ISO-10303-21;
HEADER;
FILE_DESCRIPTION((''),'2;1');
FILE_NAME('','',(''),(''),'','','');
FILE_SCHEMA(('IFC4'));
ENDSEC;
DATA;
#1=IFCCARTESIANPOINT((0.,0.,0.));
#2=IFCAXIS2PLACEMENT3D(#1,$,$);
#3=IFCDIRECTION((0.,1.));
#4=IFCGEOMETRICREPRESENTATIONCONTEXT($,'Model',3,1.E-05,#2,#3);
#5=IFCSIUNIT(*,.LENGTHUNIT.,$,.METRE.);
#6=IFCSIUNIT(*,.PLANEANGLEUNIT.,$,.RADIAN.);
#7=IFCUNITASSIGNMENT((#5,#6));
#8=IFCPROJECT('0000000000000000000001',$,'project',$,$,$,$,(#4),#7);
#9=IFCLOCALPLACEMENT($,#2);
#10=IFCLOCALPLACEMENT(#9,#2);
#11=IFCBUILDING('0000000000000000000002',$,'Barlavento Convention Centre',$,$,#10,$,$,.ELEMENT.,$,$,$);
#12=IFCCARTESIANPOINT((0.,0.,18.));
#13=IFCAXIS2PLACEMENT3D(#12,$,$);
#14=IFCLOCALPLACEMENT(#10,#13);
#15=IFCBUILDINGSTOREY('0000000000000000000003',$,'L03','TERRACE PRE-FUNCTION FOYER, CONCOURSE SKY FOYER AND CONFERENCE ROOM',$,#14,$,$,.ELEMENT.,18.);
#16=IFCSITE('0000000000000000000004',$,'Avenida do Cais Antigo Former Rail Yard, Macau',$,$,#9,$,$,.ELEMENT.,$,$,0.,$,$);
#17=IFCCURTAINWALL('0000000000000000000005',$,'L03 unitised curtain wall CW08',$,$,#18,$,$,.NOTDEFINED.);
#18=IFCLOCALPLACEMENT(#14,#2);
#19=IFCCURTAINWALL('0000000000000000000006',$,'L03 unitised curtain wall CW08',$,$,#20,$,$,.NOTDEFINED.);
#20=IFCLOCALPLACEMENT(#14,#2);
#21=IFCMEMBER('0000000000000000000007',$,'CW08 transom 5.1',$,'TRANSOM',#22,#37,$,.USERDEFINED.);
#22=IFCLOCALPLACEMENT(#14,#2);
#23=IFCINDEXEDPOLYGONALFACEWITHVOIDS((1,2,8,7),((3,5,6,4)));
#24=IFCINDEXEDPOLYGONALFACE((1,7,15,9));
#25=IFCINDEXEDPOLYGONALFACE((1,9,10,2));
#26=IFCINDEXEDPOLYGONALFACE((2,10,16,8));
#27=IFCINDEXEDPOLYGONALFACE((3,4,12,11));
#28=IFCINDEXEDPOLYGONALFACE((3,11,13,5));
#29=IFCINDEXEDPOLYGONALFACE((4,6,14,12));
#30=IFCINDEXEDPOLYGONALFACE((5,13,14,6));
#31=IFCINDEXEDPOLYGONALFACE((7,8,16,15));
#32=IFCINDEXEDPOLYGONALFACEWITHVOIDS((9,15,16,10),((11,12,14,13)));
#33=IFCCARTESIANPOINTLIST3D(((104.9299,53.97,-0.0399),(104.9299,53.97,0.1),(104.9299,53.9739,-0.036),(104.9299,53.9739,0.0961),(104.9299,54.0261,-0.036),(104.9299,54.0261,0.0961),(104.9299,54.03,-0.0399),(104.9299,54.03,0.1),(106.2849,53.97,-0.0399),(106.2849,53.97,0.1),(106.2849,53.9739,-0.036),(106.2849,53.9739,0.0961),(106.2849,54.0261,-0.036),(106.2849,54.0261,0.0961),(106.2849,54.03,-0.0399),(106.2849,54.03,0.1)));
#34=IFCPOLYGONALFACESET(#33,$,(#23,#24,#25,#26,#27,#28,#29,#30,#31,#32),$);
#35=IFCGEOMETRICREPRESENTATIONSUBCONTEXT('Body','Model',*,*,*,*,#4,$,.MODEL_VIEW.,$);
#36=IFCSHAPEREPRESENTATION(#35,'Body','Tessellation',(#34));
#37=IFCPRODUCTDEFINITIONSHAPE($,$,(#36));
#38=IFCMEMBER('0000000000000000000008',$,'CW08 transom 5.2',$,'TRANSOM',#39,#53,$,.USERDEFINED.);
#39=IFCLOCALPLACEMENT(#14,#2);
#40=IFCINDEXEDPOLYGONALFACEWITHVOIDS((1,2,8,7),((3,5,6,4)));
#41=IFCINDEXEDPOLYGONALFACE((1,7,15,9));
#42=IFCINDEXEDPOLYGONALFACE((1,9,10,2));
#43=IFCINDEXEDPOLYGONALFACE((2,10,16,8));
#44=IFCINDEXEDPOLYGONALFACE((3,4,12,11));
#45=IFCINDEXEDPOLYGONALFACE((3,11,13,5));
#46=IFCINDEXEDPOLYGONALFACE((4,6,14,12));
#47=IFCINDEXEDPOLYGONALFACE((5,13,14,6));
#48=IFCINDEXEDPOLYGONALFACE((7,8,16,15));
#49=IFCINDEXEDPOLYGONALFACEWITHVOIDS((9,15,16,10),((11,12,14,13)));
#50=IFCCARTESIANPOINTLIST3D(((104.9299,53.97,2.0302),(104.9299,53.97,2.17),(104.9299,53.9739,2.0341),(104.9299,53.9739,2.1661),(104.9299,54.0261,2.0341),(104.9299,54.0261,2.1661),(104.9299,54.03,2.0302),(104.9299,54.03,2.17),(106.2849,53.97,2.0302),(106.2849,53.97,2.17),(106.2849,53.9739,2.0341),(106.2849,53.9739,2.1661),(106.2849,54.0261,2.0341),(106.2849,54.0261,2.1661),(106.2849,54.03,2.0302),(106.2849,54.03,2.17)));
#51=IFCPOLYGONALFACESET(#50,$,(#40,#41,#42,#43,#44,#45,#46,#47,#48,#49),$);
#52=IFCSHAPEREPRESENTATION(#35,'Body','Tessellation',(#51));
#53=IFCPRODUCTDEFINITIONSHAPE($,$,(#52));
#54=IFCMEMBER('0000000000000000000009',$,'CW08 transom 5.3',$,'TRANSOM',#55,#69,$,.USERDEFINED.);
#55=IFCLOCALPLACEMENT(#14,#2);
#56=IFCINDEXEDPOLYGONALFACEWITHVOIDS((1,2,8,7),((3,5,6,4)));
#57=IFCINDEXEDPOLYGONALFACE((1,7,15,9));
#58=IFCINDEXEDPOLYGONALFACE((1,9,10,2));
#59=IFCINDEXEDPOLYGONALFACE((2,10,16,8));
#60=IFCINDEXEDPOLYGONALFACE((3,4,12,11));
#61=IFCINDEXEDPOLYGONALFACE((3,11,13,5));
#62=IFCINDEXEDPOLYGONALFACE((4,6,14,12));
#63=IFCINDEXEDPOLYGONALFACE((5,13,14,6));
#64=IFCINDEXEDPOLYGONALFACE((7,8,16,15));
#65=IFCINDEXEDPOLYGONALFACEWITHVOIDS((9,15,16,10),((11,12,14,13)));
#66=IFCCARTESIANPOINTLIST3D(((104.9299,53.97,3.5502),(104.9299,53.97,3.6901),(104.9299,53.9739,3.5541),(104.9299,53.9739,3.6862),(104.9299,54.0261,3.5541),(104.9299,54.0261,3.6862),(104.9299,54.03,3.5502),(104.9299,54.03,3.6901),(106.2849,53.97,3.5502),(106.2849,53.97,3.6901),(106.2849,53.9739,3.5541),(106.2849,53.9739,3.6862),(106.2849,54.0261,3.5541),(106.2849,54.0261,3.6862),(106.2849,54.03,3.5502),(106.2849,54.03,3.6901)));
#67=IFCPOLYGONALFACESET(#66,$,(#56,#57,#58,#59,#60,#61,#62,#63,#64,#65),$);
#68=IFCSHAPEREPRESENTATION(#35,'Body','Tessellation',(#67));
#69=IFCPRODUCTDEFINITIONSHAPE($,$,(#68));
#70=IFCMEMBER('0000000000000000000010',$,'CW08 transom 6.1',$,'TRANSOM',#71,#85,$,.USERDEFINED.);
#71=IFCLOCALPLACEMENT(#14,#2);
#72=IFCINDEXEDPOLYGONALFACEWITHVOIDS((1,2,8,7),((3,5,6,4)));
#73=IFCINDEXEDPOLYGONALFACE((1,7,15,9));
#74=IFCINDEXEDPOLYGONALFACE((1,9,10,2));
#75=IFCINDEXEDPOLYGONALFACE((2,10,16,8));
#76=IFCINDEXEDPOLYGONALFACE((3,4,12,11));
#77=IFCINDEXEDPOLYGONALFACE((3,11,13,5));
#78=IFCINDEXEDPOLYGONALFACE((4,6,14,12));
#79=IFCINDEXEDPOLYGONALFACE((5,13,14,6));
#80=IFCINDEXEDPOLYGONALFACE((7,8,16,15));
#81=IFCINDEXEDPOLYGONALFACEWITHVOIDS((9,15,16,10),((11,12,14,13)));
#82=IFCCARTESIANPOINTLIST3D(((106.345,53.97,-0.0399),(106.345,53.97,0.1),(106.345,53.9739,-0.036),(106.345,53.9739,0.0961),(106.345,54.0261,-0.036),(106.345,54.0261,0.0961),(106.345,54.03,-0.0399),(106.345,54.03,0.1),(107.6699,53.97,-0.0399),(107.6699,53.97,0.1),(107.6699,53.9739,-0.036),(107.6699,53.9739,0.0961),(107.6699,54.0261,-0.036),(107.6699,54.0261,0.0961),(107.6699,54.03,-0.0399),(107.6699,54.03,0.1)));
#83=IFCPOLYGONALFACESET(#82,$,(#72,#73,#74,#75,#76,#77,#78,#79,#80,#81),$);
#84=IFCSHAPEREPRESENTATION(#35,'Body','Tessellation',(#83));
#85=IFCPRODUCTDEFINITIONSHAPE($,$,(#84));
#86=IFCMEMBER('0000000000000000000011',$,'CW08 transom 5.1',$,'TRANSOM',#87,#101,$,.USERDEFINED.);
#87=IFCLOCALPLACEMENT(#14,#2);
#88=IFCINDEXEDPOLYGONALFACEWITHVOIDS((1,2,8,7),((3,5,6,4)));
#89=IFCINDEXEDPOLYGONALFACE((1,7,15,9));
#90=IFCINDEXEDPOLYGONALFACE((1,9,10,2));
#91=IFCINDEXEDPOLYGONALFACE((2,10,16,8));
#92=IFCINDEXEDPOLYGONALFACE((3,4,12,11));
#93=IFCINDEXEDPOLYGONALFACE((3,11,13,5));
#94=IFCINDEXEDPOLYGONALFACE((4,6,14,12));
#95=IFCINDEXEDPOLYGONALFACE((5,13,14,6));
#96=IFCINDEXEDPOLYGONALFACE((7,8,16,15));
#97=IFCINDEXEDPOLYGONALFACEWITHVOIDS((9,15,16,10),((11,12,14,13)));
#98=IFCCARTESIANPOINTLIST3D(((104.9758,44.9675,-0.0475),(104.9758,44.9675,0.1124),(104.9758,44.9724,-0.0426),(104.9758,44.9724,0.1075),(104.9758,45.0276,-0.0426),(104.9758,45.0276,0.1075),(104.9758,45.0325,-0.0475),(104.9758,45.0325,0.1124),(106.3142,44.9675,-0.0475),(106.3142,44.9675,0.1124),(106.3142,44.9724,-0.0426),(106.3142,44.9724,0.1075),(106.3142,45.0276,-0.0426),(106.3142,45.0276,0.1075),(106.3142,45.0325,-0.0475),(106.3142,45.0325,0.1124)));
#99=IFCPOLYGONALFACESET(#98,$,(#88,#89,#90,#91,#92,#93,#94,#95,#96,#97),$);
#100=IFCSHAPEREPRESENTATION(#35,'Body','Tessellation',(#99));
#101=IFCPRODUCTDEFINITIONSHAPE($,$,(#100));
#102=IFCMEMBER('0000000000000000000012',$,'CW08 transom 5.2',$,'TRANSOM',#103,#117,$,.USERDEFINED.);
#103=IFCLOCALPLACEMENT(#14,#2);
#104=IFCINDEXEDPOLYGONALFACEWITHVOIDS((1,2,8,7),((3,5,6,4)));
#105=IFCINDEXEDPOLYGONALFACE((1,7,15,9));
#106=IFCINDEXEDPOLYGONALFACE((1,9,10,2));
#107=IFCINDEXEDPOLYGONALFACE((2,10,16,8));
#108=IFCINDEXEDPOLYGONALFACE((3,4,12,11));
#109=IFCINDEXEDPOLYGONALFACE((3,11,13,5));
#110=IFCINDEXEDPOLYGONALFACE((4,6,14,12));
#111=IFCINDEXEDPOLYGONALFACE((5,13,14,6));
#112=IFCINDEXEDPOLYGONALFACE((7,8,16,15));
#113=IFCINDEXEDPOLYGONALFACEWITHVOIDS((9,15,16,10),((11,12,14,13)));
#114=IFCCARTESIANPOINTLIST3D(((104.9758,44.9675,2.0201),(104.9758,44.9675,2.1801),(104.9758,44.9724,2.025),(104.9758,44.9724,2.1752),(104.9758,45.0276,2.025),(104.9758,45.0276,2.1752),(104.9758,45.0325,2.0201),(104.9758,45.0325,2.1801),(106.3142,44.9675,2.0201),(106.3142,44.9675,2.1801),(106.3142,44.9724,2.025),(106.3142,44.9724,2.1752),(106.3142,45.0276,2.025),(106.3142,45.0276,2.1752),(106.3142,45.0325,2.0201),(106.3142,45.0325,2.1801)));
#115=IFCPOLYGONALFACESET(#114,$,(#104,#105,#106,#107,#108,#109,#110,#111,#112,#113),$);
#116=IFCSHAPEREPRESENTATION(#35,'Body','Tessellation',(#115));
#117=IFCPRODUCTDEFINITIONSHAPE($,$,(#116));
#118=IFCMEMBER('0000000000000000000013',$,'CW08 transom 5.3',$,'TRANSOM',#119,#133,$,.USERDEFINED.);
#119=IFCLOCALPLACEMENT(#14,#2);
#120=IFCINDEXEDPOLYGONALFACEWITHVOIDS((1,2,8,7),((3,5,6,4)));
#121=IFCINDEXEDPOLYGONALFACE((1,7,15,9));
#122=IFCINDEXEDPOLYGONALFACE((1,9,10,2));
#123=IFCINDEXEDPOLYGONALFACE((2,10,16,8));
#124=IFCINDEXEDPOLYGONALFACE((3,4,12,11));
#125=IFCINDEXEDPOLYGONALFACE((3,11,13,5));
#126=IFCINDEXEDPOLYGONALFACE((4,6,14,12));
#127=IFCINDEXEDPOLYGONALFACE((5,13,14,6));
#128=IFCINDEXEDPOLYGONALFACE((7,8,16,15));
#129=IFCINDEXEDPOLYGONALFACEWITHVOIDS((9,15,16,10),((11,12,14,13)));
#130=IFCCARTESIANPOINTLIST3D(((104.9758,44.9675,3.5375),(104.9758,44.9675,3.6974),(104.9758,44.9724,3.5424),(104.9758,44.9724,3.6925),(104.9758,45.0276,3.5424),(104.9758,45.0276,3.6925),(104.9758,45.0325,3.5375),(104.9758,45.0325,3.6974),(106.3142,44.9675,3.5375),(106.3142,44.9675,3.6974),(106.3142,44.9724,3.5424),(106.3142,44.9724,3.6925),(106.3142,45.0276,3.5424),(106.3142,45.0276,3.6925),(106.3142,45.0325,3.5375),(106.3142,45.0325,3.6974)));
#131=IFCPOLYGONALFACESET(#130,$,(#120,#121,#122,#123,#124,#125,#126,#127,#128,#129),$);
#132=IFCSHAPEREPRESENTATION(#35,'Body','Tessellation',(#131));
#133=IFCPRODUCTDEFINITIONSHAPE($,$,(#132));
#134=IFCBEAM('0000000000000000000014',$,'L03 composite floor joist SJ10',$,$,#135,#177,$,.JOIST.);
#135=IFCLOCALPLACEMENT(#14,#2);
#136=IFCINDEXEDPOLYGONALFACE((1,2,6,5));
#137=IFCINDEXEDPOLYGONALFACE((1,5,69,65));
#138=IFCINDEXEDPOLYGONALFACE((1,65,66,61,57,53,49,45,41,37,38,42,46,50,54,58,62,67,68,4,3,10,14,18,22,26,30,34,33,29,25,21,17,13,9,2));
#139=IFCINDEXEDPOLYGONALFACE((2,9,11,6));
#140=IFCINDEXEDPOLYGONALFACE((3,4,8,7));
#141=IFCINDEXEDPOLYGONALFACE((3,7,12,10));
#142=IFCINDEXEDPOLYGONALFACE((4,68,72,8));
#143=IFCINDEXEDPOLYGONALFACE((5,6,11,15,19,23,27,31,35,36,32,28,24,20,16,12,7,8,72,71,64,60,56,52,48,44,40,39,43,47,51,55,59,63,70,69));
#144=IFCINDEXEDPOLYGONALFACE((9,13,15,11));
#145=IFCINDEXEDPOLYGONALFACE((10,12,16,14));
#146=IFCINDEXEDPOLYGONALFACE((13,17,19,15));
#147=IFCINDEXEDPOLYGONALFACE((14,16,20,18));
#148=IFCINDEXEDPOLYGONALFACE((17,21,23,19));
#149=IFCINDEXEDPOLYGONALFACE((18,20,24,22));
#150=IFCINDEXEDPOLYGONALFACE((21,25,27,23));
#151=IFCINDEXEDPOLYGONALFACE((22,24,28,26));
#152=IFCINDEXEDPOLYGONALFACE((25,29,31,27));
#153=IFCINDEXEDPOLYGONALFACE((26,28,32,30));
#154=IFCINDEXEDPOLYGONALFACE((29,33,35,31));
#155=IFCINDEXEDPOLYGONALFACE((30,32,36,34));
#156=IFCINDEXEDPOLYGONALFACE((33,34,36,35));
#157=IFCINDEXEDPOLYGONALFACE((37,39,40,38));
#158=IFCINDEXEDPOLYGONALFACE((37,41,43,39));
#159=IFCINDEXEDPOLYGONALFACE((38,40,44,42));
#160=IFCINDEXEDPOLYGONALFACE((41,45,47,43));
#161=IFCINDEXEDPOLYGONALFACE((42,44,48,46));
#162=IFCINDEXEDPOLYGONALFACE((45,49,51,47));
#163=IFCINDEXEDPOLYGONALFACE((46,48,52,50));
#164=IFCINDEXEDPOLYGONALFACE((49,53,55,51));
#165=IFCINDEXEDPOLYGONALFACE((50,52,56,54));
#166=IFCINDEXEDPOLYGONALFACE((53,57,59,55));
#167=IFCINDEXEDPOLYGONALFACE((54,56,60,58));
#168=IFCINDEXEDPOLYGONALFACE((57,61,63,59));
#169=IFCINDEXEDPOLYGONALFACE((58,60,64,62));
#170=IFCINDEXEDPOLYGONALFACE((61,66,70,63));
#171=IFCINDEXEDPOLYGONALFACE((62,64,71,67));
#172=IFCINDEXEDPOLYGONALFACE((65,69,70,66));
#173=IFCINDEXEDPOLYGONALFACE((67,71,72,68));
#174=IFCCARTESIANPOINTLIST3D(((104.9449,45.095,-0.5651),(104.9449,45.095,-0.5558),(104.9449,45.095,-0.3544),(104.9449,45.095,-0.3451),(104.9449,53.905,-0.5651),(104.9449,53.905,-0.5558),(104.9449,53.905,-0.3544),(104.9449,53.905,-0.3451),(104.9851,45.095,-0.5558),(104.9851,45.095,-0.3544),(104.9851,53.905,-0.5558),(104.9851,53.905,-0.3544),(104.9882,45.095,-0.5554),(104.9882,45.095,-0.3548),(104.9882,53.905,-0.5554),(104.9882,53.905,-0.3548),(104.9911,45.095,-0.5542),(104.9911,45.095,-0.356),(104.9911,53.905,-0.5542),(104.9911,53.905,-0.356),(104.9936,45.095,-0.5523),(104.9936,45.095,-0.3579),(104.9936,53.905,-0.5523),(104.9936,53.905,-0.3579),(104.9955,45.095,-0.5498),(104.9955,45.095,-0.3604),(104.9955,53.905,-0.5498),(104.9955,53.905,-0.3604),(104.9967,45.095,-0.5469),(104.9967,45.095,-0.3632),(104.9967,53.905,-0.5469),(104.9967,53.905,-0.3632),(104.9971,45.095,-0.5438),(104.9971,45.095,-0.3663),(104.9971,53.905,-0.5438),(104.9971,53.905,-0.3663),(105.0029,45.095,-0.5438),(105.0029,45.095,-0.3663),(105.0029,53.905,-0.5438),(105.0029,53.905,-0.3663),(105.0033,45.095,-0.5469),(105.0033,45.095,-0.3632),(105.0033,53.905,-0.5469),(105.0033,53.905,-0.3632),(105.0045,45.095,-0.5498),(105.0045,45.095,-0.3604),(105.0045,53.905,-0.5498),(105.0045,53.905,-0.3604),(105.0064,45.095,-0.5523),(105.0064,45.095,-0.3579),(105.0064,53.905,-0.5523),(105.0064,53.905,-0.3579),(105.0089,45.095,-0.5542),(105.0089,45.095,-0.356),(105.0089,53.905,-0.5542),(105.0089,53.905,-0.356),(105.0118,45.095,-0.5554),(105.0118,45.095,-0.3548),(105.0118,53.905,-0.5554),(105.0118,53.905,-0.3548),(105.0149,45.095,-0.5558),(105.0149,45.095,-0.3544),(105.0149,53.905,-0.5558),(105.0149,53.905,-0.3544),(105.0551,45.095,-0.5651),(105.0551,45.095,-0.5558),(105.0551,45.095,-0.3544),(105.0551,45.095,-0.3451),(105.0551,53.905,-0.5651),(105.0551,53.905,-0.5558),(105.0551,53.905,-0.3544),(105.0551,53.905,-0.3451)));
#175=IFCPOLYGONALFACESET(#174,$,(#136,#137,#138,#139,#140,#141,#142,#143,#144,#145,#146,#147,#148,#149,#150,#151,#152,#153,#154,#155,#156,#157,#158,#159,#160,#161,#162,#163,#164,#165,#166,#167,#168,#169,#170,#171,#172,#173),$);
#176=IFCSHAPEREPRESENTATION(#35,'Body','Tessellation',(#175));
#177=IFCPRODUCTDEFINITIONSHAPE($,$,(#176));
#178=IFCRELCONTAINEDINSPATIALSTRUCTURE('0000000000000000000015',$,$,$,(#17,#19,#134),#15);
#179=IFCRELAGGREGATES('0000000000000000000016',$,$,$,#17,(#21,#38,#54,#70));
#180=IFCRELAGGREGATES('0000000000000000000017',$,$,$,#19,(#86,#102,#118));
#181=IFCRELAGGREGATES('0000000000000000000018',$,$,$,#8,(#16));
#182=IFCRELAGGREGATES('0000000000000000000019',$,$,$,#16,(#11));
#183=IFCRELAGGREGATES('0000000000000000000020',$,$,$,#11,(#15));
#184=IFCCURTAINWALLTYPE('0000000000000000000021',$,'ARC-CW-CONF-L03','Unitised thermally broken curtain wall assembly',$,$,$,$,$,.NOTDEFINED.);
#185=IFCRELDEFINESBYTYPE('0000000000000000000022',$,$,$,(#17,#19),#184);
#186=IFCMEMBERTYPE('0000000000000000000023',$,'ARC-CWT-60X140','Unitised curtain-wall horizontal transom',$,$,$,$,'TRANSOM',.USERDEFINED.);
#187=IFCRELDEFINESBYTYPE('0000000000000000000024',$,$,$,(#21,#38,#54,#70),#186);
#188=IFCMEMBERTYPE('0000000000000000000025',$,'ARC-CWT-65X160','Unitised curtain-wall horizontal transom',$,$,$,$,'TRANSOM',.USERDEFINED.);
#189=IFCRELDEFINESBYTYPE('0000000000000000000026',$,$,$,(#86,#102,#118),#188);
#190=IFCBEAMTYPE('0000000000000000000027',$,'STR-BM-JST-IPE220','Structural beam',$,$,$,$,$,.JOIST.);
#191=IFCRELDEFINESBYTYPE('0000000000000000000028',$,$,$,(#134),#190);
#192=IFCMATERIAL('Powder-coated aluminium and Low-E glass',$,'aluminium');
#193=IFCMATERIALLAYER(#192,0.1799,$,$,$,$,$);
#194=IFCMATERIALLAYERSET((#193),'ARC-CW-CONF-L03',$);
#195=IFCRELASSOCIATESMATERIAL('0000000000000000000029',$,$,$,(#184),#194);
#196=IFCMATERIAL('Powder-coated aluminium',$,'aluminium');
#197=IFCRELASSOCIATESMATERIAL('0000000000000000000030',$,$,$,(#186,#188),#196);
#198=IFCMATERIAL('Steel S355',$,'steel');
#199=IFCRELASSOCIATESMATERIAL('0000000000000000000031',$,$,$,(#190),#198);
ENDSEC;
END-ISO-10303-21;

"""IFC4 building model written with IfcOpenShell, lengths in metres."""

from ifc_helpers import new_model, si_unit, direction, frame, origin, origin_2d, place, context, subcontext, project, spatial, hollow_rectangle, i_section, extrude, material, layer, layer_set, material_profile, profile_set, type_object, element, aggregate, save


model = new_model("IFC4")

# Units and contexts
model_context = context("Model", 3, precision=1e-05, world=origin(), true_north=direction((0.0, 1.0)))
body_context = subcontext(model_context, "Body", "Model", "MODEL_VIEW")
ifc_project = project(units=[si_unit("LENGTHUNIT", "METRE"), si_unit("PLANEANGLEUNIT", "RADIAN")], contexts=[model_context])

# Site, building, storey
site_placement = place(None, origin())
site = spatial("IfcSite", under=ifc_project, at=site_placement, Name="Avenida do Cais Antigo Former Rail Yard, Macau", CompositionType="ELEMENT", RefElevation=0.0)
building_placement = place(site_placement, origin())
building = spatial("IfcBuilding", under=site, at=building_placement, Name="Barlavento Convention Centre", CompositionType="ELEMENT")
storey_placement = place(building_placement, frame((0.0, 0.0, 18.0)))
storey = spatial("IfcBuildingStorey", under=building, at=storey_placement, Name="L03", Description="TERRACE PRE-FUNCTION FOYER, CONCOURSE SKY FOYER AND CONFERENCE ROOM", CompositionType="ELEMENT", Elevation=18.0)

# Curtain wall
ifc_material_1 = material(Name="Powder-coated aluminium and Low-E glass", Category="aluminium")
ifc_layer_1 = layer(ifc_material_1, 0.1799)
ifc_layer_set_1 = layer_set([ifc_layer_1], Name="ARC-CW-CONF-L03")
curtain_wall_type = type_object("IfcCurtainWallType", Name="ARC-CW-CONF-L03", Description="Unitised thermally broken curtain wall assembly", PredefinedType="NOTDEFINED", material=ifc_layer_set_1)
curtain_wall_1_placement = place(storey_placement, origin())
curtain_wall_1 = element("IfcCurtainWall", 1, at=curtain_wall_1_placement, inside=storey, type_object=curtain_wall_type, Name="L03 unitised curtain wall CW08", PredefinedType="NOTDEFINED")
ifc_material_2 = material(Name="Powder-coated aluminium", Category="aluminium")

# Curtain wall
curtain_wall_2_placement = place(storey_placement, origin())
curtain_wall_2 = element("IfcCurtainWall", 2, at=curtain_wall_2_placement, inside=storey, type_object=curtain_wall_type, Name="L03 unitised curtain wall CW08", PredefinedType="NOTDEFINED")

# Members
ifc_material_profile_1 = material_profile(ifc_material_2, hollow_rectangle(XDim=0.0601, YDim=0.1399, WallThickness=0.0039, at=origin_2d()), Name="AL-TRAN 60x140x4")
ifc_profile_set_1 = profile_set([ifc_material_profile_1], Name="Powder-coated aluminium")
member_type_1 = type_object("IfcMemberType", Name="ARC-CWT-60X140", Description="Unitised curtain-wall horizontal transom", ElementType="TRANSOM", PredefinedType="USERDEFINED", material=ifc_profile_set_1)
member_1_placement = place(storey_placement, frame((104.9299, 54.0, 0.03), z_axis=(1.0, 0.0, 0.0), x_axis=(0.0, 1.0, 0.0)))
member_1 = element("IfcMember", 3, at=member_1_placement, type_object=member_type_1, Name="CW08 transom 5.1", ObjectType="TRANSOM", PredefinedType="USERDEFINED", context=body_context, shape_type="SweptSolid", body=[
    extrude(hollow_rectangle(XDim=0.0601, YDim=0.1399, WallThickness=0.0039, at=origin_2d()), origin(), (0.0, 0.0, 1.0), 1.355),
])
member_2_placement = place(storey_placement, frame((104.9299, 54.0, 2.1001), z_axis=(1.0, 0.0, 0.0), x_axis=(0.0, 1.0, 0.0)))
member_2 = element("IfcMember", 4, at=member_2_placement, type_object=member_type_1, Name="CW08 transom 5.2", ObjectType="TRANSOM", PredefinedType="USERDEFINED", context=body_context, shape_type="SweptSolid", body=[
    extrude(hollow_rectangle(XDim=0.0601, YDim=0.1399, WallThickness=0.0039, at=origin_2d()), origin(), (0.0, 0.0, 1.0), 1.355),
])
member_3_placement = place(storey_placement, frame((104.9299, 54.0, 3.6201), z_axis=(1.0, 0.0, 0.0), x_axis=(0.0, 1.0, 0.0)))
member_3 = element("IfcMember", 5, at=member_3_placement, type_object=member_type_1, Name="CW08 transom 5.3", ObjectType="TRANSOM", PredefinedType="USERDEFINED", context=body_context, shape_type="SweptSolid", body=[
    extrude(hollow_rectangle(XDim=0.0601, YDim=0.1399, WallThickness=0.0039, at=origin_2d()), origin(), (0.0, 0.0, 1.0), 1.355),
])
member_4_placement = place(storey_placement, frame((106.345, 54.0, 0.03), z_axis=(1.0, 0.0, 0.0), x_axis=(0.0, 1.0, 0.0)))
member_4 = element("IfcMember", 6, at=member_4_placement, type_object=member_type_1, Name="CW08 transom 6.1", ObjectType="TRANSOM", PredefinedType="USERDEFINED", context=body_context, shape_type="SweptSolid", body=[
    extrude(hollow_rectangle(XDim=0.0601, YDim=0.1399, WallThickness=0.0039, at=origin_2d()), origin(), (0.0, 0.0, 1.0), 1.325),
])
ifc_material_profile_2 = material_profile(ifc_material_2, hollow_rectangle(XDim=0.0649, YDim=0.1599, WallThickness=0.0049, at=origin_2d()), Name="AL-TRAN 65x160x5")
ifc_profile_set_2 = profile_set([ifc_material_profile_2], Name="Powder-coated aluminium")
member_type_2 = type_object("IfcMemberType", Name="ARC-CWT-65X160", Description="Unitised curtain-wall horizontal transom", ElementType="TRANSOM", PredefinedType="USERDEFINED", material=ifc_profile_set_2)
member_5_placement = place(storey_placement, frame((104.9758, 45.0, 0.0325), z_axis=(1.0, 0.0, 0.0), x_axis=(0.0, 1.0, 0.0)))
member_5 = element("IfcMember", 7, at=member_5_placement, type_object=member_type_2, Name="CW08 transom 5.1", ObjectType="TRANSOM", PredefinedType="USERDEFINED", context=body_context, shape_type="SweptSolid", body=[
    extrude(hollow_rectangle(XDim=0.0649, YDim=0.1599, WallThickness=0.0049, at=origin_2d()), origin(), (0.0, 0.0, 1.0), 1.3384),
])
member_6_placement = place(storey_placement, frame((104.9758, 45.0, 2.1001), z_axis=(1.0, 0.0, 0.0), x_axis=(0.0, 1.0, 0.0)))
member_6 = element("IfcMember", 8, at=member_6_placement, type_object=member_type_2, Name="CW08 transom 5.2", ObjectType="TRANSOM", PredefinedType="USERDEFINED", context=body_context, shape_type="SweptSolid", body=[
    extrude(hollow_rectangle(XDim=0.0649, YDim=0.1599, WallThickness=0.0049, at=origin_2d()), origin(), (0.0, 0.0, 1.0), 1.3384),
])
member_7_placement = place(storey_placement, frame((104.9758, 45.0, 3.6174), z_axis=(1.0, 0.0, 0.0), x_axis=(0.0, 1.0, 0.0)))
member_7 = element("IfcMember", 9, at=member_7_placement, type_object=member_type_2, Name="CW08 transom 5.3", ObjectType="TRANSOM", PredefinedType="USERDEFINED", context=body_context, shape_type="SweptSolid", body=[
    extrude(hollow_rectangle(XDim=0.0649, YDim=0.1599, WallThickness=0.0049, at=origin_2d()), origin(), (0.0, 0.0, 1.0), 1.3384),
])

# Beam
ifc_material_3 = material(Name="Steel S355", Category="steel")
ifc_material_profile_3 = material_profile(ifc_material_3, i_section(OverallWidth=0.1101, OverallDepth=0.22, WebThickness=0.0059, FlangeThickness=0.0093, FilletRadius=0.012, at=origin_2d()), Name="IPE 220")
ifc_profile_set_3 = profile_set([ifc_material_profile_3], Name="Steel S355")
beam_type_1 = type_object("IfcBeamType", Name="STR-BM-JST-IPE220", Description="Structural beam", PredefinedType="JOIST", material=ifc_profile_set_3)
beam_1_placement = place(storey_placement, frame((105.0, 45.095, -0.4551), z_axis=(0.0, 1.0, 0.0), x_axis=(-1.0, 0.0, 0.0)))
element("IfcBeam", 10, at=beam_1_placement, inside=storey, type_object=beam_type_1, Name="L03 composite floor joist SJ10", PredefinedType="JOIST", context=body_context, shape_type="SweptSolid", body=[
    extrude(i_section(OverallWidth=0.1101, OverallDepth=0.22, WebThickness=0.0059, FlangeThickness=0.0093, FilletRadius=0.012, at=origin_2d()), origin(), (0.0, 0.0, 1.0), 8.8101),
])

aggregate(curtain_wall_1, [member_1, member_2, member_3, member_4])
aggregate(curtain_wall_2, [member_5, member_6, member_7])

save(model, "model.ifc")
